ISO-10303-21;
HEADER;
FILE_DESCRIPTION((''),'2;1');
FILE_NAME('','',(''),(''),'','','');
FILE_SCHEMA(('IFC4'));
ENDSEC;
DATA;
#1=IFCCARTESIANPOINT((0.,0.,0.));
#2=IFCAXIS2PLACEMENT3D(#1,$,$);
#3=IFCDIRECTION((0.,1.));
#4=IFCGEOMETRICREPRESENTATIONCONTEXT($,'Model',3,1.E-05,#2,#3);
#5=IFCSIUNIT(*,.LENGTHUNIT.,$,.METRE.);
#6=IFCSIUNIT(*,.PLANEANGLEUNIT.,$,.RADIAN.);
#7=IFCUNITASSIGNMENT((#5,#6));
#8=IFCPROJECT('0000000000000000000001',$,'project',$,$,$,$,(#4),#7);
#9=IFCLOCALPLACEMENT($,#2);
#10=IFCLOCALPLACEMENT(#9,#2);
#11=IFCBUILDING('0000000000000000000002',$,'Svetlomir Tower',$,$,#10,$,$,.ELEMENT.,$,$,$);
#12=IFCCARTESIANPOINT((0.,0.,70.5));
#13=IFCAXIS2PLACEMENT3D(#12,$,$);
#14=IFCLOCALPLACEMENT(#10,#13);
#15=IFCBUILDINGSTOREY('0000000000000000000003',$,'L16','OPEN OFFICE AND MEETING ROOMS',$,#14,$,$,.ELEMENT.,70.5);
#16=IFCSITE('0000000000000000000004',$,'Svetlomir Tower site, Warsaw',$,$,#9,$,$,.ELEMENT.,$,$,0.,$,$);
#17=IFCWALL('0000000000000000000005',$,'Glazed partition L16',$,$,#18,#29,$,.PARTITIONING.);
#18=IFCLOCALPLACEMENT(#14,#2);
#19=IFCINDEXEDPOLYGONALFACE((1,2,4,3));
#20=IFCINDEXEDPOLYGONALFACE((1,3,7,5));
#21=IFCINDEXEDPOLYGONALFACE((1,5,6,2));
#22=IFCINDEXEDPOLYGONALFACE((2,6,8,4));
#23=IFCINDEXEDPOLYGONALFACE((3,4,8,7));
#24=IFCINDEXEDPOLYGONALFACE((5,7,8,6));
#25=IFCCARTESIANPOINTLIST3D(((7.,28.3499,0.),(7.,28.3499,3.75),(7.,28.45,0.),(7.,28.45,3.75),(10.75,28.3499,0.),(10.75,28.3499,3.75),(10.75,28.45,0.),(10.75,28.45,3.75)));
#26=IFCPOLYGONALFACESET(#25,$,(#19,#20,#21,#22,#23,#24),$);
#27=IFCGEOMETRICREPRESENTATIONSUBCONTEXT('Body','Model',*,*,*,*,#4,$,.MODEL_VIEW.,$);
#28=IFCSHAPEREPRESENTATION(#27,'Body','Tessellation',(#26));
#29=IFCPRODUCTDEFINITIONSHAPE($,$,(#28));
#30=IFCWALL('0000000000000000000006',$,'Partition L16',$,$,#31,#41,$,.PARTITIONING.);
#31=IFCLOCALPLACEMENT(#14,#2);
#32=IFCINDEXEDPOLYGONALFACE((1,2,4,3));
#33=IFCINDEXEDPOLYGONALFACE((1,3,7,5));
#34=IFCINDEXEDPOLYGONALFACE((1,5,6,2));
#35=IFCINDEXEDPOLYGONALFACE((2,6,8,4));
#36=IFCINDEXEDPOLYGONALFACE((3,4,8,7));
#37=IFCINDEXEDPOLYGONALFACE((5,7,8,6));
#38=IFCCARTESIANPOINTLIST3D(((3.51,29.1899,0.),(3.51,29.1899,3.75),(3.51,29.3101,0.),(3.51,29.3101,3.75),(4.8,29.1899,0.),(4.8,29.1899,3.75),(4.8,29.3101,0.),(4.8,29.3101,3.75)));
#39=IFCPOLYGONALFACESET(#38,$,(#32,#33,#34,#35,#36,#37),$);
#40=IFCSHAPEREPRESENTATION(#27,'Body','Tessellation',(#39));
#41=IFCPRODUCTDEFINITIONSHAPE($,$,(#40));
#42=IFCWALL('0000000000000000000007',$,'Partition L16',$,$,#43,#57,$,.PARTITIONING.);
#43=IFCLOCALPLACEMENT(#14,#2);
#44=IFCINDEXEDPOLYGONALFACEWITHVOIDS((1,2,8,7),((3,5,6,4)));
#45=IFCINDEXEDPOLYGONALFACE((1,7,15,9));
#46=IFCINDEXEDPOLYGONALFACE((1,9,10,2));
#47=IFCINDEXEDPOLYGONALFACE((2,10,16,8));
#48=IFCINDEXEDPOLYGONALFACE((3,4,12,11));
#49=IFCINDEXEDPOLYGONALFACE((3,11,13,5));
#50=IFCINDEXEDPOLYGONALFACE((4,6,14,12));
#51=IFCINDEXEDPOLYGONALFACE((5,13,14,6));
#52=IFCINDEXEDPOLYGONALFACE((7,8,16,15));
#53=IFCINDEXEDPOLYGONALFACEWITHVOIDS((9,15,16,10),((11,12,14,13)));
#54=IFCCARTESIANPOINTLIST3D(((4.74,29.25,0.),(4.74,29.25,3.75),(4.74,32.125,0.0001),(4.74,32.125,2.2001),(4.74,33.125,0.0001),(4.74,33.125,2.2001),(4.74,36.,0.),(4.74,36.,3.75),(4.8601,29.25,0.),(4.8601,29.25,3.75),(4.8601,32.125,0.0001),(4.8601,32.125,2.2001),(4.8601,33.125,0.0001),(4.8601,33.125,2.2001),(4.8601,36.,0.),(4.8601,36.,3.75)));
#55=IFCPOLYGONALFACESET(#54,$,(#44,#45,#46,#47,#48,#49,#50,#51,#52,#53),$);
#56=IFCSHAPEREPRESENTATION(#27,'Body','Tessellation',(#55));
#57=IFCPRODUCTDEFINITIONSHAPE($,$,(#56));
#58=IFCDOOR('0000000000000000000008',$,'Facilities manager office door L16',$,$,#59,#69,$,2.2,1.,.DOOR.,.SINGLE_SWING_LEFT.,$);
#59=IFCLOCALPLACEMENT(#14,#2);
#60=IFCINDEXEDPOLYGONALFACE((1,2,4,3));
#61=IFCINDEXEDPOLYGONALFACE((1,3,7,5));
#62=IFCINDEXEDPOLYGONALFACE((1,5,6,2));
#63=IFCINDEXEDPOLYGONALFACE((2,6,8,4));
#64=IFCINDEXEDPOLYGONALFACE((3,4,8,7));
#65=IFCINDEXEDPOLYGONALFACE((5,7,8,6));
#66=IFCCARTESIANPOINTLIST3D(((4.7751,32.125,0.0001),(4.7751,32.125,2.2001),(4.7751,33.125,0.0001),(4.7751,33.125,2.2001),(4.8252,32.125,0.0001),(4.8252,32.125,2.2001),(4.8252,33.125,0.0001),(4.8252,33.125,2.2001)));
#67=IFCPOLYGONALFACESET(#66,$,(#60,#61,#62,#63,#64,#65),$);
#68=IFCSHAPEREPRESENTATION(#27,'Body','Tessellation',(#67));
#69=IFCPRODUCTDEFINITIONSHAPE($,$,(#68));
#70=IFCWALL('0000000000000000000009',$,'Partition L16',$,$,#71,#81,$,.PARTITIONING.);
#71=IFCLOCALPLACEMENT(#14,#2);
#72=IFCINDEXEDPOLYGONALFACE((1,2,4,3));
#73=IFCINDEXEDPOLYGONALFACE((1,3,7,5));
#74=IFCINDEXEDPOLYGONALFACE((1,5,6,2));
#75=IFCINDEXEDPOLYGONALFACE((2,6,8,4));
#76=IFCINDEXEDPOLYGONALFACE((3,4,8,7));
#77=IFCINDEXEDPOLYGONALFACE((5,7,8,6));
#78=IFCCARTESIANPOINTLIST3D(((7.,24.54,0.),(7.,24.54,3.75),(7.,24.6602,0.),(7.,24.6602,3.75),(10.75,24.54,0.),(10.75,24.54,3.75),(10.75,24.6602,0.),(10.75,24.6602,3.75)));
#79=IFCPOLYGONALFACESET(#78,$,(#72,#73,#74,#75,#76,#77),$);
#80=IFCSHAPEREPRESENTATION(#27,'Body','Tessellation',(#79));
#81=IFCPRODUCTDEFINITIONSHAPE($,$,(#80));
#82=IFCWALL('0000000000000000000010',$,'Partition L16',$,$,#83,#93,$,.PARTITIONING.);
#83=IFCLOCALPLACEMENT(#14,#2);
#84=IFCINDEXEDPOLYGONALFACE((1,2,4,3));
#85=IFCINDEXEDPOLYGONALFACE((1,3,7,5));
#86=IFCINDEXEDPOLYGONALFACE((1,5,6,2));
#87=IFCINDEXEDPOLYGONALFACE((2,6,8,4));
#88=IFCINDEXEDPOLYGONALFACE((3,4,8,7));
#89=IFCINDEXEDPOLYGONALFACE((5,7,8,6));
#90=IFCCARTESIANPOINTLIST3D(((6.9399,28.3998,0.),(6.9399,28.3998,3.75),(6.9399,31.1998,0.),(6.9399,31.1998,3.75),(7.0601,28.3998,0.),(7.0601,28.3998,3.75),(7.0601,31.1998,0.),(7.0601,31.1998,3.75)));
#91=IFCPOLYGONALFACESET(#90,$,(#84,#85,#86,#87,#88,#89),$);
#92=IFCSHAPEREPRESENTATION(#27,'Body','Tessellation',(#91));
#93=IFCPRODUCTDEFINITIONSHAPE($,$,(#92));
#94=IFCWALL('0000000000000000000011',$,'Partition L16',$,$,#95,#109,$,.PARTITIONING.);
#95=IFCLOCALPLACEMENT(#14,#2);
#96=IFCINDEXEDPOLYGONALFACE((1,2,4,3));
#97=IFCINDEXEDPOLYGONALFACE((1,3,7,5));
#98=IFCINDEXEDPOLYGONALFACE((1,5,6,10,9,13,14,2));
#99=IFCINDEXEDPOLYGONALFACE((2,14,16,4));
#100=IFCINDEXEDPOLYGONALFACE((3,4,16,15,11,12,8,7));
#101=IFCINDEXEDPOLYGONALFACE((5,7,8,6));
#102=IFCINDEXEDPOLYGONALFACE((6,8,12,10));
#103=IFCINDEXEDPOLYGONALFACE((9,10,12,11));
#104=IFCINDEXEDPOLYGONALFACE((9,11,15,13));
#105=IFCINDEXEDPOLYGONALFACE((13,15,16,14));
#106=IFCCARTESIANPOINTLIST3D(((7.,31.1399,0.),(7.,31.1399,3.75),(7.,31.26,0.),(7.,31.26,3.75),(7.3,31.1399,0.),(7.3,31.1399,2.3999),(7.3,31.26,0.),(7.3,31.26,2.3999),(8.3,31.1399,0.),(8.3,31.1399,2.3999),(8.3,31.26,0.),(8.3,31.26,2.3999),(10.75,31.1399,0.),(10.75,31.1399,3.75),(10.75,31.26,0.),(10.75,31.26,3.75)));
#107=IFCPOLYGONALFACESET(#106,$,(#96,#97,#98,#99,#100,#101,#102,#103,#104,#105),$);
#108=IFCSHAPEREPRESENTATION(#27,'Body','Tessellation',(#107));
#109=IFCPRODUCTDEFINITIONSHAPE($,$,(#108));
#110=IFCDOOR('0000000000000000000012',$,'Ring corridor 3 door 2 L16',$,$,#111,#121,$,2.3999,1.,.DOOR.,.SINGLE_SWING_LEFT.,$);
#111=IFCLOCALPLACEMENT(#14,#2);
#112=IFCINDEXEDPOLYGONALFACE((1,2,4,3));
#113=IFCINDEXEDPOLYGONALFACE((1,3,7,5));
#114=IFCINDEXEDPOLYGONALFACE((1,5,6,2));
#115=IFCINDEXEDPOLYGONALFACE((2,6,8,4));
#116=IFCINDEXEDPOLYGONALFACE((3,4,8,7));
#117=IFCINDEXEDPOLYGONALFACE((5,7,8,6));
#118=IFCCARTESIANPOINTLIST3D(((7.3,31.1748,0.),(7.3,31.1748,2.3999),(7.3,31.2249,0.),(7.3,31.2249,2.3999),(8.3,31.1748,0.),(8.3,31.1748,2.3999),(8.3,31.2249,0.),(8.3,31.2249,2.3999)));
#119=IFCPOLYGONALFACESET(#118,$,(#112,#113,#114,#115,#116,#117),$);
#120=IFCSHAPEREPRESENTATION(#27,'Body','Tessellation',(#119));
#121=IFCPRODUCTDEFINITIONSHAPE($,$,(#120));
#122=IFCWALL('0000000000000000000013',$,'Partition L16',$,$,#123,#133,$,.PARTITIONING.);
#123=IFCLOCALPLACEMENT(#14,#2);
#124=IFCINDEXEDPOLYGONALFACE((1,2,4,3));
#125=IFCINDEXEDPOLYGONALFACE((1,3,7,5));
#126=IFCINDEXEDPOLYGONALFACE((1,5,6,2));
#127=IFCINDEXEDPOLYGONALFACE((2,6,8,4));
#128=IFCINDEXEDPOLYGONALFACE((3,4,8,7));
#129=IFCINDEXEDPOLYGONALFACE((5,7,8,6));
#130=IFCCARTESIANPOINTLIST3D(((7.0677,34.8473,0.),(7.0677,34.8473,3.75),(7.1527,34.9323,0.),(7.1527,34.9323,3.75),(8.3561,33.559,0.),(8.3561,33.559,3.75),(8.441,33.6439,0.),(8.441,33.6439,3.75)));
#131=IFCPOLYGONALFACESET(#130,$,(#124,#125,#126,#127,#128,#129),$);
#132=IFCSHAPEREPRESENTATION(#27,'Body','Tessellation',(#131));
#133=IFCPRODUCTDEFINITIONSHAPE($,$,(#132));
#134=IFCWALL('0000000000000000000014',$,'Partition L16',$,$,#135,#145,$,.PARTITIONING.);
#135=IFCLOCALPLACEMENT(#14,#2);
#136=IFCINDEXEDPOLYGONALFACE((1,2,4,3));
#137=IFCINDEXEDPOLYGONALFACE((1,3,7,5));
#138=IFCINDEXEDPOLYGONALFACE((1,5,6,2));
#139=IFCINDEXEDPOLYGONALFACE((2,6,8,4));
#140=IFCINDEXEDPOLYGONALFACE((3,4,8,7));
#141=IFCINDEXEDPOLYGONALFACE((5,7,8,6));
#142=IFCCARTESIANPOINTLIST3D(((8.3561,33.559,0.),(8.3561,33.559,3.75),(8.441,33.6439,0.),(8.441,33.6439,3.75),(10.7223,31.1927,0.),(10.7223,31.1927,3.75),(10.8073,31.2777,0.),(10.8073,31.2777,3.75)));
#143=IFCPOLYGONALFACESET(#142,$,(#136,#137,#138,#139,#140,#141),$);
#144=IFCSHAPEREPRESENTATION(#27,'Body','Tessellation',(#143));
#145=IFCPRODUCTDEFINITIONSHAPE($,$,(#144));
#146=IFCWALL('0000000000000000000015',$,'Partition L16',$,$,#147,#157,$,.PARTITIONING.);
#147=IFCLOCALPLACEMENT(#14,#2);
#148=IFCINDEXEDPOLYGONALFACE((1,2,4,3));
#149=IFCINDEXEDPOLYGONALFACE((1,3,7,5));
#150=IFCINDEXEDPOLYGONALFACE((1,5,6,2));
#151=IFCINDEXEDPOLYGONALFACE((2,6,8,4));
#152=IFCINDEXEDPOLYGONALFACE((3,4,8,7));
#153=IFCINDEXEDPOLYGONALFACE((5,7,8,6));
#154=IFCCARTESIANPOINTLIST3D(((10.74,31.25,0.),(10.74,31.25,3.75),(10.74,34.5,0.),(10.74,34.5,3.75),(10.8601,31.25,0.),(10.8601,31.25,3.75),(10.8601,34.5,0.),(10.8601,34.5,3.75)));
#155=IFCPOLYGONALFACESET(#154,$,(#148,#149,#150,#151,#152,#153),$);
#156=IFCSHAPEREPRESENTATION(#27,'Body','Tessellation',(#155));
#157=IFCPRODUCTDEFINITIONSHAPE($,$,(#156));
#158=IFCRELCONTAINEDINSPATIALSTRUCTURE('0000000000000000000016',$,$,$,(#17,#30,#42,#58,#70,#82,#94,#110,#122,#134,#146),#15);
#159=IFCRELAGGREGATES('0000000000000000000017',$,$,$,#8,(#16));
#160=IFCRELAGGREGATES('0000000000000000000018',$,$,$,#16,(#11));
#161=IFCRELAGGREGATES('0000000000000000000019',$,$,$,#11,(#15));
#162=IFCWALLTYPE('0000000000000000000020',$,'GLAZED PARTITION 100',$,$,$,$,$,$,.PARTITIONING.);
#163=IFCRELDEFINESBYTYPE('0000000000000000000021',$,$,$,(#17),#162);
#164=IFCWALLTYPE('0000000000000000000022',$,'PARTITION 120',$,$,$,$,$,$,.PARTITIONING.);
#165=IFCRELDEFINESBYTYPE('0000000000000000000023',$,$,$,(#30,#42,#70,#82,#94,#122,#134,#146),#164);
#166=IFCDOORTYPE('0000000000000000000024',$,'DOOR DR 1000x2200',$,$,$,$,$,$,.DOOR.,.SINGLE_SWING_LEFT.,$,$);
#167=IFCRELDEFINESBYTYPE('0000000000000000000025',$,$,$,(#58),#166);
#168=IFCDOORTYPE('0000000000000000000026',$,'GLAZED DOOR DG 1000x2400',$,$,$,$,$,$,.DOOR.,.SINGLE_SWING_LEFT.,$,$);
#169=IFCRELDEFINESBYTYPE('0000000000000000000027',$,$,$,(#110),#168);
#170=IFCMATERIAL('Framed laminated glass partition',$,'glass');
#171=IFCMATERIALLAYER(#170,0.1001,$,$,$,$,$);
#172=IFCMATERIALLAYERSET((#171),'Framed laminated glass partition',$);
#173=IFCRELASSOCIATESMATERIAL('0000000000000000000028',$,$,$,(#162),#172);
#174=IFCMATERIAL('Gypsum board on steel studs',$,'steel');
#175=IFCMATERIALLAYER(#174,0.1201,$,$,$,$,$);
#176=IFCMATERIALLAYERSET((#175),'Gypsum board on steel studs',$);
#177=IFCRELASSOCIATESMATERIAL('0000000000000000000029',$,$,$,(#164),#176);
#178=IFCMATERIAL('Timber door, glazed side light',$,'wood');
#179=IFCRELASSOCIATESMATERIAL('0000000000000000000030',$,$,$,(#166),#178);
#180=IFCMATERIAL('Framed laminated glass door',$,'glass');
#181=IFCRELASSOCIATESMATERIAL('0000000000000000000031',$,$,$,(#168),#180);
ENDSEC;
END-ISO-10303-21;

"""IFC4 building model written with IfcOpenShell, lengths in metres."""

from ifc_helpers import new_model, si_unit, direction, frame, frame_2d, origin, place, context, subcontext, project, spatial, rectangle, extrude, material, layer, layer_set, type_object, element, fill, save


model = new_model("IFC4")

# Units and contexts
model_context = context("Model", 3, precision=1e-05, world=origin(), true_north=direction((0.0, 1.0)))
body_context = subcontext(model_context, "Body", "Model", "MODEL_VIEW")
ifc_project = project(units=[si_unit("LENGTHUNIT", "METRE"), si_unit("PLANEANGLEUNIT", "RADIAN")], contexts=[model_context])

# Site, building, storey
site_placement = place(None, origin())
site = spatial("IfcSite", under=ifc_project, at=site_placement, Name="Svetlomir Tower site, Warsaw", CompositionType="ELEMENT", RefElevation=0.0)
building_placement = place(site_placement, origin())
building = spatial("IfcBuilding", under=site, at=building_placement, Name="Svetlomir Tower", CompositionType="ELEMENT")
storey_placement = place(building_placement, frame((0.0, 0.0, 70.5)))
storey = spatial("IfcBuildingStorey", under=building, at=storey_placement, Name="L16", Description="OPEN OFFICE AND MEETING ROOMS", CompositionType="ELEMENT", Elevation=70.5)

# Walls
ifc_material_1 = material(Name="Framed laminated glass partition", Category="glass")
ifc_layer_1 = layer(ifc_material_1, 0.1001)
ifc_layer_set_1 = layer_set([ifc_layer_1], Name="Framed laminated glass partition")
wall_type_1 = type_object("IfcWallType", Name="GLAZED PARTITION 100", PredefinedType="PARTITIONING", material=ifc_layer_set_1)
wall_1_placement = place(storey_placement, frame((7.0, 28.3999, 0.0), z_axis=(0.0, 0.0, 1.0), x_axis=(1.0, 0.0, 0.0)))
element("IfcWall", 1, at=wall_1_placement, inside=storey, type_object=wall_type_1, Name="Glazed partition L16", PredefinedType="PARTITIONING", context=body_context, shape_type="SweptSolid", body=[
    extrude(rectangle(XDim=3.75, YDim=0.1001, at=frame_2d((1.875, 0.0))), origin(), (0.0, 0.0, 1.0), 3.75),
])
ifc_material_2 = material(Name="Gypsum board on steel studs", Category="steel")
ifc_layer_2 = layer(ifc_material_2, 0.1201)
ifc_layer_set_2 = layer_set([ifc_layer_2], Name="Gypsum board on steel studs")
wall_type_2 = type_object("IfcWallType", Name="PARTITION 120", PredefinedType="PARTITIONING", material=ifc_layer_set_2)
wall_2_placement = place(storey_placement, frame((3.51, 29.25, 0.0), z_axis=(0.0, 0.0, 1.0), x_axis=(1.0, 0.0, 0.0)))
element("IfcWall", 2, at=wall_2_placement, inside=storey, type_object=wall_type_2, Name="Partition L16", PredefinedType="PARTITIONING", context=body_context, shape_type="SweptSolid", body=[
    extrude(rectangle(XDim=1.29, YDim=0.1201, at=frame_2d((0.645, 0.0))), origin(), (0.0, 0.0, 1.0), 3.75),
])

# Wall, opening, door
wall_3_placement = place(storey_placement, frame((4.8, 29.25, 0.0), z_axis=(0.0, 0.0, 1.0), x_axis=(0.0, 1.0, 0.0)))
wall_3 = element("IfcWall", 3, at=wall_3_placement, inside=storey, type_object=wall_type_2, Name="Partition L16", PredefinedType="PARTITIONING", context=body_context, shape_type="SweptSolid", body=[
    extrude(rectangle(XDim=6.75, YDim=0.1201, at=frame_2d((3.375, 0.0))), origin(), (0.0, 0.0, 1.0), 3.75),
])
opening_1_placement = place(wall_3_placement, frame((2.875, 0.0, 0.0)))
opening_1 = element("IfcOpeningElement", 4, at=opening_1_placement, cuts=wall_3, PredefinedType="OPENING", context=body_context, shape_type="SweptSolid", body=[
    extrude(rectangle(XDim=1.0, YDim=2.2, at=frame_2d((0.5, 1.1001))), frame((0.0, 0.0701, 0.0), z_axis=(0.0, -1.0, 0.0), x_axis=(1.0, 0.0, 0.0)), (0.0, 0.0, 1.0), 0.1401),
])
ifc_material_3 = material(Name="Timber door, glazed side light", Category="wood")
door_type_1 = type_object("IfcDoorType", Name="DOOR DR 1000x2200", OperationType="SINGLE_SWING_LEFT", PredefinedType="DOOR", material=ifc_material_3)
door_1_placement = place(opening_1_placement, origin())
door_1 = element("IfcDoor", 5, at=door_1_placement, inside=storey, type_object=door_type_1, Name="Facilities manager office door L16", OperationType="SINGLE_SWING_LEFT", OverallHeight=2.2, OverallWidth=1.0, PredefinedType="DOOR", context=body_context, shape_type="SweptSolid", body=[
    extrude(rectangle(XDim=1.0, YDim=2.2, at=frame_2d((0.5, 1.1001))), frame((0.0, 0.0249, 0.0), z_axis=(0.0, -1.0, 0.0), x_axis=(1.0, 0.0, 0.0)), (0.0, 0.0, 1.0), 0.05),
])
fill(opening_1, door_1)

# Walls
wall_4_placement = place(storey_placement, frame((7.0, 24.6001, 0.0), z_axis=(0.0, 0.0, 1.0), x_axis=(1.0, 0.0, 0.0)))
element("IfcWall", 6, at=wall_4_placement, inside=storey, type_object=wall_type_2, Name="Partition L16", PredefinedType="PARTITIONING", context=body_context, shape_type="SweptSolid", body=[
    extrude(rectangle(XDim=3.75, YDim=0.1201, at=frame_2d((1.875, 0.0))), origin(), (0.0, 0.0, 1.0), 3.75),
])
wall_5_placement = place(storey_placement, frame((7.0, 28.3999, 0.0), z_axis=(0.0, 0.0, 1.0), x_axis=(0.0, 1.0, 0.0)))
element("IfcWall", 7, at=wall_5_placement, inside=storey, type_object=wall_type_2, Name="Partition L16", PredefinedType="PARTITIONING", context=body_context, shape_type="SweptSolid", body=[
    extrude(rectangle(XDim=2.8, YDim=0.1201, at=frame_2d((1.3999, 0.0))), origin(), (0.0, 0.0, 1.0), 3.75),
])

# Wall, opening, door
wall_6_placement = place(storey_placement, frame((7.0, 31.2, 0.0), z_axis=(0.0, 0.0, 1.0), x_axis=(1.0, 0.0, 0.0)))
wall_6 = element("IfcWall", 8, at=wall_6_placement, inside=storey, type_object=wall_type_2, Name="Partition L16", PredefinedType="PARTITIONING", context=body_context, shape_type="SweptSolid", body=[
    extrude(rectangle(XDim=3.75, YDim=0.1201, at=frame_2d((1.875, 0.0))), origin(), (0.0, 0.0, 1.0), 3.75),
])
opening_2_placement = place(wall_6_placement, frame((0.3, 0.0, 0.0)))
opening_2 = element("IfcOpeningElement", 9, at=opening_2_placement, cuts=wall_6, PredefinedType="OPENING", context=body_context, shape_type="SweptSolid", body=[
    extrude(rectangle(XDim=1.0, YDim=2.3999, at=frame_2d((0.5, 1.2))), frame((0.0, 0.0701, 0.0), z_axis=(0.0, -1.0, 0.0), x_axis=(1.0, 0.0, 0.0)), (0.0, 0.0, 1.0), 0.1401),
])
ifc_material_4 = material(Name="Framed laminated glass door", Category="glass")
door_type_2 = type_object("IfcDoorType", Name="GLAZED DOOR DG 1000x2400", OperationType="SINGLE_SWING_LEFT", PredefinedType="DOOR", material=ifc_material_4)
door_2_placement = place(opening_2_placement, origin())
door_2 = element("IfcDoor", 10, at=door_2_placement, inside=storey, type_object=door_type_2, Name="Ring corridor 3 door 2 L16", OperationType="SINGLE_SWING_LEFT", OverallHeight=2.3999, OverallWidth=1.0, PredefinedType="DOOR", context=body_context, shape_type="SweptSolid", body=[
    extrude(rectangle(XDim=1.0, YDim=2.3999, at=frame_2d((0.5, 1.2))), frame((0.0, 0.0249, 0.0), z_axis=(0.0, -1.0, 0.0), x_axis=(1.0, 0.0, 0.0)), (0.0, 0.0, 1.0), 0.05),
])
fill(opening_2, door_2)

# Walls
wall_7_placement = place(storey_placement, frame((7.1101, 34.8899, 0.0), z_axis=(0.0, 0.0, 1.0), x_axis=(0.707107, -0.707107, 0.0)))
element("IfcWall", 11, at=wall_7_placement, inside=storey, type_object=wall_type_2, Name="Partition L16", PredefinedType="PARTITIONING", context=body_context, shape_type="SweptSolid", body=[
    extrude(rectangle(XDim=1.822, YDim=0.1201, at=frame_2d((0.9111, 0.0))), origin(), (0.0, 0.0, 1.0), 3.75),
])
wall_8_placement = place(storey_placement, frame((8.3984, 33.6016, 0.0), z_axis=(0.0, 0.0, 1.0), x_axis=(0.707107, -0.707107, 0.0)))
element("IfcWall", 12, at=wall_8_placement, inside=storey, type_object=wall_type_2, Name="Partition L16", PredefinedType="PARTITIONING", context=body_context, shape_type="SweptSolid", body=[
    extrude(rectangle(XDim=3.3464, YDim=0.1201, at=frame_2d((1.6733, 0.0))), origin(), (0.0, 0.0, 1.0), 3.75),
])
wall_9_placement = place(storey_placement, frame((10.8, 31.25, 0.0), z_axis=(0.0, 0.0, 1.0), x_axis=(0.0, 1.0, 0.0)))
element("IfcWall", 13, at=wall_9_placement, inside=storey, type_object=wall_type_2, Name="Partition L16", PredefinedType="PARTITIONING", context=body_context, shape_type="SweptSolid", body=[
    extrude(rectangle(XDim=3.25, YDim=0.1201, at=frame_2d((1.625, 0.0))), origin(), (0.0, 0.0, 1.0), 3.75),
])

save(model, "model.ifc")
